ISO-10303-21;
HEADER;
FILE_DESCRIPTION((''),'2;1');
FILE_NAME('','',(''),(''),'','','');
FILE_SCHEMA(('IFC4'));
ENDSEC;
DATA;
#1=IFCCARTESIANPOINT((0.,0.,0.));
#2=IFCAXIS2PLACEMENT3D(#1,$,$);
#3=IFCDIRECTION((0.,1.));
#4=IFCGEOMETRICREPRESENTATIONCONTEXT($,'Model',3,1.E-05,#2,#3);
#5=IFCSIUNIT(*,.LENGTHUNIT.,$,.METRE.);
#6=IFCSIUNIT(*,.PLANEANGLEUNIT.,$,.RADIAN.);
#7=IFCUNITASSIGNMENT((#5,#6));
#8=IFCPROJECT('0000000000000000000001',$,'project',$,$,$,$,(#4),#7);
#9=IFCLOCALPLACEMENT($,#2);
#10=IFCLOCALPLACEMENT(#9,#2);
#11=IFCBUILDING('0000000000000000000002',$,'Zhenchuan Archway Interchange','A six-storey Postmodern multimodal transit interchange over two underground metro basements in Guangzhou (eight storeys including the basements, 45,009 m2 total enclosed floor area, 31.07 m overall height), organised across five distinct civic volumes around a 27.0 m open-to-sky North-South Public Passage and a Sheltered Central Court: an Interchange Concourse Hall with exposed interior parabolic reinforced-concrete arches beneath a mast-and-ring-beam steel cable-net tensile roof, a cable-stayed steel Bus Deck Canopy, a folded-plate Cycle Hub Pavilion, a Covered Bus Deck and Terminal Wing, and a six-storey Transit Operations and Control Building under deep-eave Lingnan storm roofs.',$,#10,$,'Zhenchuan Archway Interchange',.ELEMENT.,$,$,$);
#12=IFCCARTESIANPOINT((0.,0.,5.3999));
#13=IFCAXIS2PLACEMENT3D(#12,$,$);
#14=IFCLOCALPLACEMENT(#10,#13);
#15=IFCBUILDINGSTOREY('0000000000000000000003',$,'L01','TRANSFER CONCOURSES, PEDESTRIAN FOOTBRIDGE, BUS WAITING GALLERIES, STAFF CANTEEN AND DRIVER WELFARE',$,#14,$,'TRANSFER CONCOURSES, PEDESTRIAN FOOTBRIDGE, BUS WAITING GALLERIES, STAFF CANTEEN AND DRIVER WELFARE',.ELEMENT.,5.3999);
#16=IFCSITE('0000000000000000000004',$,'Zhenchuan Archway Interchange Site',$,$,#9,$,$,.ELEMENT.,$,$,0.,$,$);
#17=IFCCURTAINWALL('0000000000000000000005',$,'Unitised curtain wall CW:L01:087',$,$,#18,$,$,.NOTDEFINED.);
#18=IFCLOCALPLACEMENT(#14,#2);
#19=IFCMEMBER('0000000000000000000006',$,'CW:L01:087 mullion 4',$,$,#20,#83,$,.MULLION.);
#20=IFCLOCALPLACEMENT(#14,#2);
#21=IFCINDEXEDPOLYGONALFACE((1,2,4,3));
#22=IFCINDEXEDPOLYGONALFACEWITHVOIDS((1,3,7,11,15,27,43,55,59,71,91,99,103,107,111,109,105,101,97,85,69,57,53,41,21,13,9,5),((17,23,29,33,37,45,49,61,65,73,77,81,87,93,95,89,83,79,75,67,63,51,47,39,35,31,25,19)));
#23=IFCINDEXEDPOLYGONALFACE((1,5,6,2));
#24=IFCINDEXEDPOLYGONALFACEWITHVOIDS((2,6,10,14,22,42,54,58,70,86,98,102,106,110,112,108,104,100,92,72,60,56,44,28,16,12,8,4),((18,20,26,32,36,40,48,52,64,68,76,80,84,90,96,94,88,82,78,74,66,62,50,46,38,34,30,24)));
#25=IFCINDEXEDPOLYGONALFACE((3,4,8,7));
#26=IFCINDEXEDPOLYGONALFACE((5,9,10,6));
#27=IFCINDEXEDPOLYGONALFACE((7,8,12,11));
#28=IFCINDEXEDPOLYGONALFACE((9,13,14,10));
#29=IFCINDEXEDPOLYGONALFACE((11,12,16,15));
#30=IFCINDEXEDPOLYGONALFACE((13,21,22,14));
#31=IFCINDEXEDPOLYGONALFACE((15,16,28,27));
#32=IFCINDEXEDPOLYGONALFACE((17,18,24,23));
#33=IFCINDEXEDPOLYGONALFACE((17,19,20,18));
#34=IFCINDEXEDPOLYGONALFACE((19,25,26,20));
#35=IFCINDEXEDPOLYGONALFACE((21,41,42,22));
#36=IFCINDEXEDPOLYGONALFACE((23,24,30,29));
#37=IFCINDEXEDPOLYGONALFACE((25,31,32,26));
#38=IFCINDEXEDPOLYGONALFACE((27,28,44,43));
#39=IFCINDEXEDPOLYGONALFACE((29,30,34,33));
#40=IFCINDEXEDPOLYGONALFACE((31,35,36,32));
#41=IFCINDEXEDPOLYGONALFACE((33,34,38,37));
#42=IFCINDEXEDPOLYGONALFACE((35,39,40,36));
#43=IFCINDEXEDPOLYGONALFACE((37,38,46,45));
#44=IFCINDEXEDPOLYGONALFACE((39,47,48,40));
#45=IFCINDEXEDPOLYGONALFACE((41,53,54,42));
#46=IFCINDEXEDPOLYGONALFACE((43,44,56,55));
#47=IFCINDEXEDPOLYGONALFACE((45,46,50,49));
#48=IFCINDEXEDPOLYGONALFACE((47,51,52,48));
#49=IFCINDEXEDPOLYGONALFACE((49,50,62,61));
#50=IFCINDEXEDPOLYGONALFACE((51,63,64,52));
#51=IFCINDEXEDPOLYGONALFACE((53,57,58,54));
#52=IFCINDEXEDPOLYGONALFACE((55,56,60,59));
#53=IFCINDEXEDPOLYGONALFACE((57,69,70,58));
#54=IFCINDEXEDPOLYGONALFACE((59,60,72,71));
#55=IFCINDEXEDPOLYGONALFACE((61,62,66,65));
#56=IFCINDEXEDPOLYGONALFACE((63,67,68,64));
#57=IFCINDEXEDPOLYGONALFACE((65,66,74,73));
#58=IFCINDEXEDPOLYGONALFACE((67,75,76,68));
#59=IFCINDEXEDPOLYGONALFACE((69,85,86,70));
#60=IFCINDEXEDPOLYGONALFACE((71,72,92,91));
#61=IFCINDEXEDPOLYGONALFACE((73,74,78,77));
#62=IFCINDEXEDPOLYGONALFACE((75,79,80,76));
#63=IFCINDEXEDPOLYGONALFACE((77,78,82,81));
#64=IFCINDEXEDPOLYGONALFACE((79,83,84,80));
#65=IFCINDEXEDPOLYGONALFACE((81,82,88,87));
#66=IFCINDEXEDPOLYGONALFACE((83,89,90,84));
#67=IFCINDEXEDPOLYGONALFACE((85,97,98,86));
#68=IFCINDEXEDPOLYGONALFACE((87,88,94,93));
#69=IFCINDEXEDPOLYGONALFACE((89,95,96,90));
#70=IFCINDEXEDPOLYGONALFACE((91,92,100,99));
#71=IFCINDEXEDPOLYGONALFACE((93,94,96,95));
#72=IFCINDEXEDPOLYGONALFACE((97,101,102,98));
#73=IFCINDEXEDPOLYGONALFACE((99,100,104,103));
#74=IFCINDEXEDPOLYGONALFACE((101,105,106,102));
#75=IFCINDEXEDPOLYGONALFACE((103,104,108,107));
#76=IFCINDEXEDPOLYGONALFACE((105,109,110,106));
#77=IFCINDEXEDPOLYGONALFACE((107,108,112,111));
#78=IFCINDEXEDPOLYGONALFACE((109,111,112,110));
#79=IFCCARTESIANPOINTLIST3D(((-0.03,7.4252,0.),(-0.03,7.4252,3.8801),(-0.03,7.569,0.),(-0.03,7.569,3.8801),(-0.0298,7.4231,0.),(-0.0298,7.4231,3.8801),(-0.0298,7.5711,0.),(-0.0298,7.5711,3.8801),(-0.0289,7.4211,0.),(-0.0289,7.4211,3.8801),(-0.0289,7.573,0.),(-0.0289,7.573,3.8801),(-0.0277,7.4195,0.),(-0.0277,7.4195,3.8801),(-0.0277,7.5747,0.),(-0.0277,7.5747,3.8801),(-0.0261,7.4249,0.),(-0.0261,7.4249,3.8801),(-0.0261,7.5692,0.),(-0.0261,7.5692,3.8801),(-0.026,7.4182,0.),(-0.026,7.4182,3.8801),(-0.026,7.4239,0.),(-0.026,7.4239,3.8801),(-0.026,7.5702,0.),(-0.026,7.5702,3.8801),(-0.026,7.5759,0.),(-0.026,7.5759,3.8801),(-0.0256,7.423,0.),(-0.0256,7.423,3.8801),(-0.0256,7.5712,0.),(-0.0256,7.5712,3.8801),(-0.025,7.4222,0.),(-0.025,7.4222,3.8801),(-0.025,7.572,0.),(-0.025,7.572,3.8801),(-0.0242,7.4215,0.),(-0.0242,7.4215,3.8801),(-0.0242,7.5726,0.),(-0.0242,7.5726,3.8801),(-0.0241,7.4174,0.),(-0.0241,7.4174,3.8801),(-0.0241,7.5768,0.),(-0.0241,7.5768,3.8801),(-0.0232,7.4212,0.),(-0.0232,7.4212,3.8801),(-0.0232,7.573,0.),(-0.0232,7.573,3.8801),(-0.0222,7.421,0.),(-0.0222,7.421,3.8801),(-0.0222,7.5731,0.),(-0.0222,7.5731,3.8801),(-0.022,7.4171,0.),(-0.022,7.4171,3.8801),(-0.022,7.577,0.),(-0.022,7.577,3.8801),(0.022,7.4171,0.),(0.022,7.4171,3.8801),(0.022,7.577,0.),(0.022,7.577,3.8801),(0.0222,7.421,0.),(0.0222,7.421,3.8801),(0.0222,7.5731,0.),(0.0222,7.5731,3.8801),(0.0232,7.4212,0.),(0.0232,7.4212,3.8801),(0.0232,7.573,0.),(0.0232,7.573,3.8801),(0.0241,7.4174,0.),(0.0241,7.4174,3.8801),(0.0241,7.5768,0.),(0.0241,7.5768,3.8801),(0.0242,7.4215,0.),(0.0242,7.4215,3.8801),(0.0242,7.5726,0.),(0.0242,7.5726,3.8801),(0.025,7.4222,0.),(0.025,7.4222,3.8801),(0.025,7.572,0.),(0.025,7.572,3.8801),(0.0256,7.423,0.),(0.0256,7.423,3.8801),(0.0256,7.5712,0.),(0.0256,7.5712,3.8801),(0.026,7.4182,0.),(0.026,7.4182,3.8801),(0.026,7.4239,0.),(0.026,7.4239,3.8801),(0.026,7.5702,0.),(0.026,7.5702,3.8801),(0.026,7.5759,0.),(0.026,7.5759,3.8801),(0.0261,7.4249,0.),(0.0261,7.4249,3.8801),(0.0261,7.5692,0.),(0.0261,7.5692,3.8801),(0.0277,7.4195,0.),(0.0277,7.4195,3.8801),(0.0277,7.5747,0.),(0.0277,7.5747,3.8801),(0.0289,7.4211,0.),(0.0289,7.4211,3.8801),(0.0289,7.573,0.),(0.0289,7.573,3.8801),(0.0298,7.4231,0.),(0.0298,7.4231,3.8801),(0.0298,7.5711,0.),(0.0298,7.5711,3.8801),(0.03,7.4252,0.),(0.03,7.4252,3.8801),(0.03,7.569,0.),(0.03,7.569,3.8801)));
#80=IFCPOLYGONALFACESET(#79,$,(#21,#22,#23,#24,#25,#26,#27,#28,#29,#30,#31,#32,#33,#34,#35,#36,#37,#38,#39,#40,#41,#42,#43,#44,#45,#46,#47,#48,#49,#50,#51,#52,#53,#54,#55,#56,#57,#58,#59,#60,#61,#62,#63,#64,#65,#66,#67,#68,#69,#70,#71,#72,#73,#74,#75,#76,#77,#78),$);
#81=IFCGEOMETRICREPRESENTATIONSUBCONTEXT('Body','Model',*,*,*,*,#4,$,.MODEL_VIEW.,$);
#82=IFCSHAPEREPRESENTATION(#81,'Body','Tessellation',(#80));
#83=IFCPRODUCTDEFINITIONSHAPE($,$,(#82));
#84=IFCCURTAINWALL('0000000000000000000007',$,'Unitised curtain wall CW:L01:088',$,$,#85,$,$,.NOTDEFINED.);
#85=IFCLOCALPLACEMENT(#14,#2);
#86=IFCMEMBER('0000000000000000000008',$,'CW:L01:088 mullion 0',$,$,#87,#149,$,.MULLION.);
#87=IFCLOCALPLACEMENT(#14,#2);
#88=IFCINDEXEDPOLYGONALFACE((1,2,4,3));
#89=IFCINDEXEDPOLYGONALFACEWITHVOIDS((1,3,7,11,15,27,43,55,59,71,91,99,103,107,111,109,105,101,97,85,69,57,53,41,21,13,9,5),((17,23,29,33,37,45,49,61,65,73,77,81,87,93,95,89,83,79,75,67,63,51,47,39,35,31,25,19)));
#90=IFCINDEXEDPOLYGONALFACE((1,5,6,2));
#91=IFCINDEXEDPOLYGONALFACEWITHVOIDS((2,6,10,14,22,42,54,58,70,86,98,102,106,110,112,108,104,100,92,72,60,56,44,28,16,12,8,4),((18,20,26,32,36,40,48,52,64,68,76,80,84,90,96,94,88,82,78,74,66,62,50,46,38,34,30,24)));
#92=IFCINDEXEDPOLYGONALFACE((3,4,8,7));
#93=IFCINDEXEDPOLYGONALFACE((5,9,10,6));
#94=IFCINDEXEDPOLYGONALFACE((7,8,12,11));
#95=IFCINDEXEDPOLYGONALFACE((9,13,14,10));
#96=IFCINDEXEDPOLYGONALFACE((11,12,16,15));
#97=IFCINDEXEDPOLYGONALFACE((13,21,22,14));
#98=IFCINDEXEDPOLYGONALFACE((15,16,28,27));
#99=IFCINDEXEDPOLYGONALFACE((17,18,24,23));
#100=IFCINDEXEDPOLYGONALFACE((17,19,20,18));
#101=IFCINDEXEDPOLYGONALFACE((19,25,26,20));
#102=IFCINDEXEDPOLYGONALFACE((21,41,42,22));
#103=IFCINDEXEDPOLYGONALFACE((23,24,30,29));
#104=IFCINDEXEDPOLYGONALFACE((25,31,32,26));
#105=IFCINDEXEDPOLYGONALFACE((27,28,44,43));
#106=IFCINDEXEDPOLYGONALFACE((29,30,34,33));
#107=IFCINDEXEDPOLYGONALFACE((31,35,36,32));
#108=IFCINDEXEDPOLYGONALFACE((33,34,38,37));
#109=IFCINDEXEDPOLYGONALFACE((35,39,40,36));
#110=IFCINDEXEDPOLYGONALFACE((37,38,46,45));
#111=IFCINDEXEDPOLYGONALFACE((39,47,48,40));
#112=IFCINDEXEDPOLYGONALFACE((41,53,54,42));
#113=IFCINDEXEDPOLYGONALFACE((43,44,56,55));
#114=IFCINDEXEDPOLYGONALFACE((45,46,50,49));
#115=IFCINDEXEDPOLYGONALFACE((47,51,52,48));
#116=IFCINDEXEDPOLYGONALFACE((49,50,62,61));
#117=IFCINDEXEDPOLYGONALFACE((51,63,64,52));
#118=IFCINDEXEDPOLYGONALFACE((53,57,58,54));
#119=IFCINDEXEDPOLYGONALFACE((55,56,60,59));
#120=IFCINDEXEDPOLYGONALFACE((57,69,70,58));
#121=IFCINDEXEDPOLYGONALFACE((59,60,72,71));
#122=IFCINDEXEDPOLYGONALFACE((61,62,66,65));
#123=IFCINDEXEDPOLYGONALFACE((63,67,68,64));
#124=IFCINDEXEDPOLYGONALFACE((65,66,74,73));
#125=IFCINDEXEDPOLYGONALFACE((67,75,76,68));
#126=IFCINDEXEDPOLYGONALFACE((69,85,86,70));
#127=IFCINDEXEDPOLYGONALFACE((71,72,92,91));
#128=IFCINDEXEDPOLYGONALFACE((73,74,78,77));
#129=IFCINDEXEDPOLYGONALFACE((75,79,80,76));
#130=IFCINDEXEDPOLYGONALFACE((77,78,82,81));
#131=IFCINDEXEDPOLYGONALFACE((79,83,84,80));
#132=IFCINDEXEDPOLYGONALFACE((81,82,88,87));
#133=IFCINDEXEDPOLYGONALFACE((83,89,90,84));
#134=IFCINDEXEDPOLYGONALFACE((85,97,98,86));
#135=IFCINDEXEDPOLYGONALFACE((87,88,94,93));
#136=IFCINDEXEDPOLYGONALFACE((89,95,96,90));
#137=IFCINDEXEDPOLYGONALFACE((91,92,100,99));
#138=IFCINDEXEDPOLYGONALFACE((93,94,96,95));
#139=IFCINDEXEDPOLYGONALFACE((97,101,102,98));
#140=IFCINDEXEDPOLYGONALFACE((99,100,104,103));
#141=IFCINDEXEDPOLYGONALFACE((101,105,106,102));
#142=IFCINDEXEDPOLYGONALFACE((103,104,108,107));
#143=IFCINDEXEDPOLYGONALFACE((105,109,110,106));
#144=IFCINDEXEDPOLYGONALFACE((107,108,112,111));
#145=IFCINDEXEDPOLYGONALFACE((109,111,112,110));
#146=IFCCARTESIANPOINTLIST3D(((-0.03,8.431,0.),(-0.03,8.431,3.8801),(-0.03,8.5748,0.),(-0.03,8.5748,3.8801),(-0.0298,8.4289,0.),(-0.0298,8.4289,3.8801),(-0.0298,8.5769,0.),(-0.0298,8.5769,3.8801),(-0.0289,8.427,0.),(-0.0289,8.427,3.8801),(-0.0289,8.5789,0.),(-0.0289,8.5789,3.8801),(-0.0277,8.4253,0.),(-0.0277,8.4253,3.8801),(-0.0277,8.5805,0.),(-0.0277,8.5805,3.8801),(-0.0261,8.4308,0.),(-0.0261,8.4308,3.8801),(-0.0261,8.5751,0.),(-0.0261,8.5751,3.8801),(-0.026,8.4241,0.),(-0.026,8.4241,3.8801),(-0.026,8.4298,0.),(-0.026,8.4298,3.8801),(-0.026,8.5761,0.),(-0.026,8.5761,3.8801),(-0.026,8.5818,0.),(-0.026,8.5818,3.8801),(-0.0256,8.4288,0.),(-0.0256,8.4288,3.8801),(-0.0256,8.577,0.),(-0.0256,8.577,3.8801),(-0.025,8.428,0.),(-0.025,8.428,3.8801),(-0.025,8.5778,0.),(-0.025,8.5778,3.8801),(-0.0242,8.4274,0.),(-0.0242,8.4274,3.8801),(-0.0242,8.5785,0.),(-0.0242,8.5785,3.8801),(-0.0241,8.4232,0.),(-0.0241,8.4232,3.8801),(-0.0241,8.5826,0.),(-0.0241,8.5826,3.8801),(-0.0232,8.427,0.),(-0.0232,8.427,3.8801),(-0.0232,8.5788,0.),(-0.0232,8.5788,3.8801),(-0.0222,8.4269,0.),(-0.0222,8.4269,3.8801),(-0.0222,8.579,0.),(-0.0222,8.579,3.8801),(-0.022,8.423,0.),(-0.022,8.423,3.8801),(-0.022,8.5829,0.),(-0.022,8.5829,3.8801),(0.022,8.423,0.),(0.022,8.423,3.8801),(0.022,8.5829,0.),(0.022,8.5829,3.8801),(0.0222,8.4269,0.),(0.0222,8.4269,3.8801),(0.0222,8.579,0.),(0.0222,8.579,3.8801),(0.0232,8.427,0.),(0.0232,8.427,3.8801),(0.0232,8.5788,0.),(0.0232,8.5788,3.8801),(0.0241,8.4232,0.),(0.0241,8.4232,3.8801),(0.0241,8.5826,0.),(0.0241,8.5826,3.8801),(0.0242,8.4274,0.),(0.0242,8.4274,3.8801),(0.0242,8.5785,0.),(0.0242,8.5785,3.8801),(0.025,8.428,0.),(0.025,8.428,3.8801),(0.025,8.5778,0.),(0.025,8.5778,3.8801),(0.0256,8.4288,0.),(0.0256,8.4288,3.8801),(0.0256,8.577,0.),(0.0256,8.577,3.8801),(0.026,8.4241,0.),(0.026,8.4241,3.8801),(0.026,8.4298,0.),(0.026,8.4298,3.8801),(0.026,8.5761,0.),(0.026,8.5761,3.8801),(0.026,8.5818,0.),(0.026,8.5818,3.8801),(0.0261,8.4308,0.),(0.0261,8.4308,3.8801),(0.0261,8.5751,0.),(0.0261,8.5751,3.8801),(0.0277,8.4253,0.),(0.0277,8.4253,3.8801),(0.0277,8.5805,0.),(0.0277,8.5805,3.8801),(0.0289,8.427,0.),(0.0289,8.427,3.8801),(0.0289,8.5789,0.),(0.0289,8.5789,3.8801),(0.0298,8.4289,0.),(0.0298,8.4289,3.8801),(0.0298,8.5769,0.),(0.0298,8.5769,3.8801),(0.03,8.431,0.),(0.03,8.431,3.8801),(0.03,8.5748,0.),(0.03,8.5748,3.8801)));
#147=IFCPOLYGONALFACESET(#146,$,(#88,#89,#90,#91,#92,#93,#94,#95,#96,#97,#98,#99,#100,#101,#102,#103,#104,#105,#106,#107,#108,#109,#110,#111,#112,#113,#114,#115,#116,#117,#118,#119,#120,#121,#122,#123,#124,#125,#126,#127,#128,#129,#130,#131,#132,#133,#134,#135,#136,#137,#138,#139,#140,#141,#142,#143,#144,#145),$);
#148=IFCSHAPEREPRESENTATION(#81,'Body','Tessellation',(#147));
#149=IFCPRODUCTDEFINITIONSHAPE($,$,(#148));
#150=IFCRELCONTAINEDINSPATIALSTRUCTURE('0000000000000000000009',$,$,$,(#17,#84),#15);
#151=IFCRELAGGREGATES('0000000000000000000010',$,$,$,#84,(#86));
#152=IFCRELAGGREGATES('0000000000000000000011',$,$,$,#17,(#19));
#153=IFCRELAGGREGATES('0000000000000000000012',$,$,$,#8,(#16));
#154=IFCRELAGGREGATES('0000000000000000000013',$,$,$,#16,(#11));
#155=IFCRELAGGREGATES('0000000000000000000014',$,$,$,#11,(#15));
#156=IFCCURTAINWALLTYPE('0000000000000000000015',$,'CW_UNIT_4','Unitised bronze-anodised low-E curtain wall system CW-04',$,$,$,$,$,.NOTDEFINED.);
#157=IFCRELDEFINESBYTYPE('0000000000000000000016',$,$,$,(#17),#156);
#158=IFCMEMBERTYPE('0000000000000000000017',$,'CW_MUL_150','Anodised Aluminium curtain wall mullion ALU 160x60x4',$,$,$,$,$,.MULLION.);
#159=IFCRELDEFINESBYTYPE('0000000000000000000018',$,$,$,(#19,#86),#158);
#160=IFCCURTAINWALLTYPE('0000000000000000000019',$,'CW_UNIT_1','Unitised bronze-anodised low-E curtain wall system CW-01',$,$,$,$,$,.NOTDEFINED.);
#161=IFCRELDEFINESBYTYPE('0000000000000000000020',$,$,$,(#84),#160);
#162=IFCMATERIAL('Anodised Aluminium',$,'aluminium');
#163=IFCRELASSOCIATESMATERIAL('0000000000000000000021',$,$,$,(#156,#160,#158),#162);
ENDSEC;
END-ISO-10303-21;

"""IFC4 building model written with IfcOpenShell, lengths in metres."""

from ifc_helpers import new_model, si_unit, direction, frame, origin, origin_2d, place, context, subcontext, project, spatial, hollow_rectangle, extrude, material, material_profile, profile_set, type_object, element, aggregate, save


model = new_model("IFC4")

# Units and contexts
model_context = context("Model", 3, precision=1e-05, world=origin(), true_north=direction((0.0, 1.0)))
body_context = subcontext(model_context, "Body", "Model", "MODEL_VIEW")
ifc_project = project(units=[si_unit("LENGTHUNIT", "METRE"), si_unit("PLANEANGLEUNIT", "RADIAN")], contexts=[model_context])

# Site, building, storey
site_placement = place(None, origin())
site = spatial("IfcSite", under=ifc_project, at=site_placement, Name="Zhenchuan Archway Interchange Site", CompositionType="ELEMENT", RefElevation=0.0)
building_placement = place(site_placement, origin())
building = spatial("IfcBuilding", under=site, at=building_placement, Name="Zhenchuan Archway Interchange", Description="A six-storey Postmodern multimodal transit interchange over two underground metro basements in Guangzhou (eight storeys including the basements, 45,009 m2 total enclosed floor area, 31.07 m overall height), organised across five distinct civic volumes around a 27.0 m open-to-sky North-South Public Passage and a Sheltered Central Court: an Interchange Concourse Hall with exposed interior parabolic reinforced-concrete arches beneath a mast-and-ring-beam steel cable-net tensile roof, a cable-stayed steel Bus Deck Canopy, a folded-plate Cycle Hub Pavilion, a Covered Bus Deck and Terminal Wing, and a six-storey Transit Operations and Control Building under deep-eave Lingnan storm roofs.", LongName="Zhenchuan Archway Interchange", CompositionType="ELEMENT")
storey_placement = place(building_placement, frame((0.0, 0.0, 5.3999)))
storey = spatial("IfcBuildingStorey", under=building, at=storey_placement, Name="L01", Description="TRANSFER CONCOURSES, PEDESTRIAN FOOTBRIDGE, BUS WAITING GALLERIES, STAFF CANTEEN AND DRIVER WELFARE", LongName="TRANSFER CONCOURSES, PEDESTRIAN FOOTBRIDGE, BUS WAITING GALLERIES, STAFF CANTEEN AND DRIVER WELFARE", CompositionType="ELEMENT", Elevation=5.3999)

# Curtain wall, member
ifc_material_1 = material(Name="Anodised Aluminium", Category="aluminium")
curtain_wall_type_1 = type_object("IfcCurtainWallType", Name="CW_UNIT_4", Description="Unitised bronze-anodised low-E curtain wall system CW-04", PredefinedType="NOTDEFINED", material=ifc_material_1)
curtain_wall_1_placement = place(storey_placement, origin())
curtain_wall_1 = element("IfcCurtainWall", 1, at=curtain_wall_1_placement, inside=storey, type_object=curtain_wall_type_1, Name="Unitised curtain wall CW:L01:087", PredefinedType="NOTDEFINED")
ifc_material_profile_1 = material_profile(ifc_material_1, hollow_rectangle(XDim=0.0601, YDim=0.1599, WallThickness=0.0039, InnerFilletRadius=0.0039, OuterFilletRadius=0.0081, at=origin_2d()), Name="ALU 160x60x4")
ifc_profile_set_1 = profile_set([ifc_material_profile_1], Name="Anodised Aluminium")
member_type_1 = type_object("IfcMemberType", Name="CW_MUL_150", Description="Anodised Aluminium curtain wall mullion ALU 160x60x4", PredefinedType="MULLION", material=ifc_profile_set_1)
member_1_placement = place(storey_placement, frame((0.0, 7.4971, 0.0), z_axis=(0.0, 0.0, 1.0), x_axis=(1.0, 0.0, 0.0)))
member_1 = element("IfcMember", 2, at=member_1_placement, type_object=member_type_1, Name="CW:L01:087 mullion 4", PredefinedType="MULLION", context=body_context, shape_type="SweptSolid", body=[
    extrude(hollow_rectangle(XDim=0.0601, YDim=0.1599, WallThickness=0.0039, InnerFilletRadius=0.0039, OuterFilletRadius=0.0081, at=origin_2d()), origin(), (0.0, 0.0, 1.0), 3.8801),
])

# Curtain wall, member
curtain_wall_type_2 = type_object("IfcCurtainWallType", Name="CW_UNIT_1", Description="Unitised bronze-anodised low-E curtain wall system CW-01", PredefinedType="NOTDEFINED", material=ifc_material_1)
curtain_wall_2_placement = place(storey_placement, origin())
curtain_wall_2 = element("IfcCurtainWall", 3, at=curtain_wall_2_placement, inside=storey, type_object=curtain_wall_type_2, Name="Unitised curtain wall CW:L01:088", PredefinedType="NOTDEFINED")
member_2_placement = place(storey_placement, frame((0.0, 8.5029, 0.0), z_axis=(0.0, 0.0, 1.0), x_axis=(1.0, 0.0, 0.0)))
member_2 = element("IfcMember", 4, at=member_2_placement, type_object=member_type_1, Name="CW:L01:088 mullion 0", PredefinedType="MULLION", context=body_context, shape_type="SweptSolid", body=[
    extrude(hollow_rectangle(XDim=0.0601, YDim=0.1599, WallThickness=0.0039, InnerFilletRadius=0.0039, OuterFilletRadius=0.0081, at=origin_2d()), origin(), (0.0, 0.0, 1.0), 3.8801),
])

aggregate(curtain_wall_2, [member_2])

aggregate(curtain_wall_1, [member_1])

save(model, "model.ifc")
